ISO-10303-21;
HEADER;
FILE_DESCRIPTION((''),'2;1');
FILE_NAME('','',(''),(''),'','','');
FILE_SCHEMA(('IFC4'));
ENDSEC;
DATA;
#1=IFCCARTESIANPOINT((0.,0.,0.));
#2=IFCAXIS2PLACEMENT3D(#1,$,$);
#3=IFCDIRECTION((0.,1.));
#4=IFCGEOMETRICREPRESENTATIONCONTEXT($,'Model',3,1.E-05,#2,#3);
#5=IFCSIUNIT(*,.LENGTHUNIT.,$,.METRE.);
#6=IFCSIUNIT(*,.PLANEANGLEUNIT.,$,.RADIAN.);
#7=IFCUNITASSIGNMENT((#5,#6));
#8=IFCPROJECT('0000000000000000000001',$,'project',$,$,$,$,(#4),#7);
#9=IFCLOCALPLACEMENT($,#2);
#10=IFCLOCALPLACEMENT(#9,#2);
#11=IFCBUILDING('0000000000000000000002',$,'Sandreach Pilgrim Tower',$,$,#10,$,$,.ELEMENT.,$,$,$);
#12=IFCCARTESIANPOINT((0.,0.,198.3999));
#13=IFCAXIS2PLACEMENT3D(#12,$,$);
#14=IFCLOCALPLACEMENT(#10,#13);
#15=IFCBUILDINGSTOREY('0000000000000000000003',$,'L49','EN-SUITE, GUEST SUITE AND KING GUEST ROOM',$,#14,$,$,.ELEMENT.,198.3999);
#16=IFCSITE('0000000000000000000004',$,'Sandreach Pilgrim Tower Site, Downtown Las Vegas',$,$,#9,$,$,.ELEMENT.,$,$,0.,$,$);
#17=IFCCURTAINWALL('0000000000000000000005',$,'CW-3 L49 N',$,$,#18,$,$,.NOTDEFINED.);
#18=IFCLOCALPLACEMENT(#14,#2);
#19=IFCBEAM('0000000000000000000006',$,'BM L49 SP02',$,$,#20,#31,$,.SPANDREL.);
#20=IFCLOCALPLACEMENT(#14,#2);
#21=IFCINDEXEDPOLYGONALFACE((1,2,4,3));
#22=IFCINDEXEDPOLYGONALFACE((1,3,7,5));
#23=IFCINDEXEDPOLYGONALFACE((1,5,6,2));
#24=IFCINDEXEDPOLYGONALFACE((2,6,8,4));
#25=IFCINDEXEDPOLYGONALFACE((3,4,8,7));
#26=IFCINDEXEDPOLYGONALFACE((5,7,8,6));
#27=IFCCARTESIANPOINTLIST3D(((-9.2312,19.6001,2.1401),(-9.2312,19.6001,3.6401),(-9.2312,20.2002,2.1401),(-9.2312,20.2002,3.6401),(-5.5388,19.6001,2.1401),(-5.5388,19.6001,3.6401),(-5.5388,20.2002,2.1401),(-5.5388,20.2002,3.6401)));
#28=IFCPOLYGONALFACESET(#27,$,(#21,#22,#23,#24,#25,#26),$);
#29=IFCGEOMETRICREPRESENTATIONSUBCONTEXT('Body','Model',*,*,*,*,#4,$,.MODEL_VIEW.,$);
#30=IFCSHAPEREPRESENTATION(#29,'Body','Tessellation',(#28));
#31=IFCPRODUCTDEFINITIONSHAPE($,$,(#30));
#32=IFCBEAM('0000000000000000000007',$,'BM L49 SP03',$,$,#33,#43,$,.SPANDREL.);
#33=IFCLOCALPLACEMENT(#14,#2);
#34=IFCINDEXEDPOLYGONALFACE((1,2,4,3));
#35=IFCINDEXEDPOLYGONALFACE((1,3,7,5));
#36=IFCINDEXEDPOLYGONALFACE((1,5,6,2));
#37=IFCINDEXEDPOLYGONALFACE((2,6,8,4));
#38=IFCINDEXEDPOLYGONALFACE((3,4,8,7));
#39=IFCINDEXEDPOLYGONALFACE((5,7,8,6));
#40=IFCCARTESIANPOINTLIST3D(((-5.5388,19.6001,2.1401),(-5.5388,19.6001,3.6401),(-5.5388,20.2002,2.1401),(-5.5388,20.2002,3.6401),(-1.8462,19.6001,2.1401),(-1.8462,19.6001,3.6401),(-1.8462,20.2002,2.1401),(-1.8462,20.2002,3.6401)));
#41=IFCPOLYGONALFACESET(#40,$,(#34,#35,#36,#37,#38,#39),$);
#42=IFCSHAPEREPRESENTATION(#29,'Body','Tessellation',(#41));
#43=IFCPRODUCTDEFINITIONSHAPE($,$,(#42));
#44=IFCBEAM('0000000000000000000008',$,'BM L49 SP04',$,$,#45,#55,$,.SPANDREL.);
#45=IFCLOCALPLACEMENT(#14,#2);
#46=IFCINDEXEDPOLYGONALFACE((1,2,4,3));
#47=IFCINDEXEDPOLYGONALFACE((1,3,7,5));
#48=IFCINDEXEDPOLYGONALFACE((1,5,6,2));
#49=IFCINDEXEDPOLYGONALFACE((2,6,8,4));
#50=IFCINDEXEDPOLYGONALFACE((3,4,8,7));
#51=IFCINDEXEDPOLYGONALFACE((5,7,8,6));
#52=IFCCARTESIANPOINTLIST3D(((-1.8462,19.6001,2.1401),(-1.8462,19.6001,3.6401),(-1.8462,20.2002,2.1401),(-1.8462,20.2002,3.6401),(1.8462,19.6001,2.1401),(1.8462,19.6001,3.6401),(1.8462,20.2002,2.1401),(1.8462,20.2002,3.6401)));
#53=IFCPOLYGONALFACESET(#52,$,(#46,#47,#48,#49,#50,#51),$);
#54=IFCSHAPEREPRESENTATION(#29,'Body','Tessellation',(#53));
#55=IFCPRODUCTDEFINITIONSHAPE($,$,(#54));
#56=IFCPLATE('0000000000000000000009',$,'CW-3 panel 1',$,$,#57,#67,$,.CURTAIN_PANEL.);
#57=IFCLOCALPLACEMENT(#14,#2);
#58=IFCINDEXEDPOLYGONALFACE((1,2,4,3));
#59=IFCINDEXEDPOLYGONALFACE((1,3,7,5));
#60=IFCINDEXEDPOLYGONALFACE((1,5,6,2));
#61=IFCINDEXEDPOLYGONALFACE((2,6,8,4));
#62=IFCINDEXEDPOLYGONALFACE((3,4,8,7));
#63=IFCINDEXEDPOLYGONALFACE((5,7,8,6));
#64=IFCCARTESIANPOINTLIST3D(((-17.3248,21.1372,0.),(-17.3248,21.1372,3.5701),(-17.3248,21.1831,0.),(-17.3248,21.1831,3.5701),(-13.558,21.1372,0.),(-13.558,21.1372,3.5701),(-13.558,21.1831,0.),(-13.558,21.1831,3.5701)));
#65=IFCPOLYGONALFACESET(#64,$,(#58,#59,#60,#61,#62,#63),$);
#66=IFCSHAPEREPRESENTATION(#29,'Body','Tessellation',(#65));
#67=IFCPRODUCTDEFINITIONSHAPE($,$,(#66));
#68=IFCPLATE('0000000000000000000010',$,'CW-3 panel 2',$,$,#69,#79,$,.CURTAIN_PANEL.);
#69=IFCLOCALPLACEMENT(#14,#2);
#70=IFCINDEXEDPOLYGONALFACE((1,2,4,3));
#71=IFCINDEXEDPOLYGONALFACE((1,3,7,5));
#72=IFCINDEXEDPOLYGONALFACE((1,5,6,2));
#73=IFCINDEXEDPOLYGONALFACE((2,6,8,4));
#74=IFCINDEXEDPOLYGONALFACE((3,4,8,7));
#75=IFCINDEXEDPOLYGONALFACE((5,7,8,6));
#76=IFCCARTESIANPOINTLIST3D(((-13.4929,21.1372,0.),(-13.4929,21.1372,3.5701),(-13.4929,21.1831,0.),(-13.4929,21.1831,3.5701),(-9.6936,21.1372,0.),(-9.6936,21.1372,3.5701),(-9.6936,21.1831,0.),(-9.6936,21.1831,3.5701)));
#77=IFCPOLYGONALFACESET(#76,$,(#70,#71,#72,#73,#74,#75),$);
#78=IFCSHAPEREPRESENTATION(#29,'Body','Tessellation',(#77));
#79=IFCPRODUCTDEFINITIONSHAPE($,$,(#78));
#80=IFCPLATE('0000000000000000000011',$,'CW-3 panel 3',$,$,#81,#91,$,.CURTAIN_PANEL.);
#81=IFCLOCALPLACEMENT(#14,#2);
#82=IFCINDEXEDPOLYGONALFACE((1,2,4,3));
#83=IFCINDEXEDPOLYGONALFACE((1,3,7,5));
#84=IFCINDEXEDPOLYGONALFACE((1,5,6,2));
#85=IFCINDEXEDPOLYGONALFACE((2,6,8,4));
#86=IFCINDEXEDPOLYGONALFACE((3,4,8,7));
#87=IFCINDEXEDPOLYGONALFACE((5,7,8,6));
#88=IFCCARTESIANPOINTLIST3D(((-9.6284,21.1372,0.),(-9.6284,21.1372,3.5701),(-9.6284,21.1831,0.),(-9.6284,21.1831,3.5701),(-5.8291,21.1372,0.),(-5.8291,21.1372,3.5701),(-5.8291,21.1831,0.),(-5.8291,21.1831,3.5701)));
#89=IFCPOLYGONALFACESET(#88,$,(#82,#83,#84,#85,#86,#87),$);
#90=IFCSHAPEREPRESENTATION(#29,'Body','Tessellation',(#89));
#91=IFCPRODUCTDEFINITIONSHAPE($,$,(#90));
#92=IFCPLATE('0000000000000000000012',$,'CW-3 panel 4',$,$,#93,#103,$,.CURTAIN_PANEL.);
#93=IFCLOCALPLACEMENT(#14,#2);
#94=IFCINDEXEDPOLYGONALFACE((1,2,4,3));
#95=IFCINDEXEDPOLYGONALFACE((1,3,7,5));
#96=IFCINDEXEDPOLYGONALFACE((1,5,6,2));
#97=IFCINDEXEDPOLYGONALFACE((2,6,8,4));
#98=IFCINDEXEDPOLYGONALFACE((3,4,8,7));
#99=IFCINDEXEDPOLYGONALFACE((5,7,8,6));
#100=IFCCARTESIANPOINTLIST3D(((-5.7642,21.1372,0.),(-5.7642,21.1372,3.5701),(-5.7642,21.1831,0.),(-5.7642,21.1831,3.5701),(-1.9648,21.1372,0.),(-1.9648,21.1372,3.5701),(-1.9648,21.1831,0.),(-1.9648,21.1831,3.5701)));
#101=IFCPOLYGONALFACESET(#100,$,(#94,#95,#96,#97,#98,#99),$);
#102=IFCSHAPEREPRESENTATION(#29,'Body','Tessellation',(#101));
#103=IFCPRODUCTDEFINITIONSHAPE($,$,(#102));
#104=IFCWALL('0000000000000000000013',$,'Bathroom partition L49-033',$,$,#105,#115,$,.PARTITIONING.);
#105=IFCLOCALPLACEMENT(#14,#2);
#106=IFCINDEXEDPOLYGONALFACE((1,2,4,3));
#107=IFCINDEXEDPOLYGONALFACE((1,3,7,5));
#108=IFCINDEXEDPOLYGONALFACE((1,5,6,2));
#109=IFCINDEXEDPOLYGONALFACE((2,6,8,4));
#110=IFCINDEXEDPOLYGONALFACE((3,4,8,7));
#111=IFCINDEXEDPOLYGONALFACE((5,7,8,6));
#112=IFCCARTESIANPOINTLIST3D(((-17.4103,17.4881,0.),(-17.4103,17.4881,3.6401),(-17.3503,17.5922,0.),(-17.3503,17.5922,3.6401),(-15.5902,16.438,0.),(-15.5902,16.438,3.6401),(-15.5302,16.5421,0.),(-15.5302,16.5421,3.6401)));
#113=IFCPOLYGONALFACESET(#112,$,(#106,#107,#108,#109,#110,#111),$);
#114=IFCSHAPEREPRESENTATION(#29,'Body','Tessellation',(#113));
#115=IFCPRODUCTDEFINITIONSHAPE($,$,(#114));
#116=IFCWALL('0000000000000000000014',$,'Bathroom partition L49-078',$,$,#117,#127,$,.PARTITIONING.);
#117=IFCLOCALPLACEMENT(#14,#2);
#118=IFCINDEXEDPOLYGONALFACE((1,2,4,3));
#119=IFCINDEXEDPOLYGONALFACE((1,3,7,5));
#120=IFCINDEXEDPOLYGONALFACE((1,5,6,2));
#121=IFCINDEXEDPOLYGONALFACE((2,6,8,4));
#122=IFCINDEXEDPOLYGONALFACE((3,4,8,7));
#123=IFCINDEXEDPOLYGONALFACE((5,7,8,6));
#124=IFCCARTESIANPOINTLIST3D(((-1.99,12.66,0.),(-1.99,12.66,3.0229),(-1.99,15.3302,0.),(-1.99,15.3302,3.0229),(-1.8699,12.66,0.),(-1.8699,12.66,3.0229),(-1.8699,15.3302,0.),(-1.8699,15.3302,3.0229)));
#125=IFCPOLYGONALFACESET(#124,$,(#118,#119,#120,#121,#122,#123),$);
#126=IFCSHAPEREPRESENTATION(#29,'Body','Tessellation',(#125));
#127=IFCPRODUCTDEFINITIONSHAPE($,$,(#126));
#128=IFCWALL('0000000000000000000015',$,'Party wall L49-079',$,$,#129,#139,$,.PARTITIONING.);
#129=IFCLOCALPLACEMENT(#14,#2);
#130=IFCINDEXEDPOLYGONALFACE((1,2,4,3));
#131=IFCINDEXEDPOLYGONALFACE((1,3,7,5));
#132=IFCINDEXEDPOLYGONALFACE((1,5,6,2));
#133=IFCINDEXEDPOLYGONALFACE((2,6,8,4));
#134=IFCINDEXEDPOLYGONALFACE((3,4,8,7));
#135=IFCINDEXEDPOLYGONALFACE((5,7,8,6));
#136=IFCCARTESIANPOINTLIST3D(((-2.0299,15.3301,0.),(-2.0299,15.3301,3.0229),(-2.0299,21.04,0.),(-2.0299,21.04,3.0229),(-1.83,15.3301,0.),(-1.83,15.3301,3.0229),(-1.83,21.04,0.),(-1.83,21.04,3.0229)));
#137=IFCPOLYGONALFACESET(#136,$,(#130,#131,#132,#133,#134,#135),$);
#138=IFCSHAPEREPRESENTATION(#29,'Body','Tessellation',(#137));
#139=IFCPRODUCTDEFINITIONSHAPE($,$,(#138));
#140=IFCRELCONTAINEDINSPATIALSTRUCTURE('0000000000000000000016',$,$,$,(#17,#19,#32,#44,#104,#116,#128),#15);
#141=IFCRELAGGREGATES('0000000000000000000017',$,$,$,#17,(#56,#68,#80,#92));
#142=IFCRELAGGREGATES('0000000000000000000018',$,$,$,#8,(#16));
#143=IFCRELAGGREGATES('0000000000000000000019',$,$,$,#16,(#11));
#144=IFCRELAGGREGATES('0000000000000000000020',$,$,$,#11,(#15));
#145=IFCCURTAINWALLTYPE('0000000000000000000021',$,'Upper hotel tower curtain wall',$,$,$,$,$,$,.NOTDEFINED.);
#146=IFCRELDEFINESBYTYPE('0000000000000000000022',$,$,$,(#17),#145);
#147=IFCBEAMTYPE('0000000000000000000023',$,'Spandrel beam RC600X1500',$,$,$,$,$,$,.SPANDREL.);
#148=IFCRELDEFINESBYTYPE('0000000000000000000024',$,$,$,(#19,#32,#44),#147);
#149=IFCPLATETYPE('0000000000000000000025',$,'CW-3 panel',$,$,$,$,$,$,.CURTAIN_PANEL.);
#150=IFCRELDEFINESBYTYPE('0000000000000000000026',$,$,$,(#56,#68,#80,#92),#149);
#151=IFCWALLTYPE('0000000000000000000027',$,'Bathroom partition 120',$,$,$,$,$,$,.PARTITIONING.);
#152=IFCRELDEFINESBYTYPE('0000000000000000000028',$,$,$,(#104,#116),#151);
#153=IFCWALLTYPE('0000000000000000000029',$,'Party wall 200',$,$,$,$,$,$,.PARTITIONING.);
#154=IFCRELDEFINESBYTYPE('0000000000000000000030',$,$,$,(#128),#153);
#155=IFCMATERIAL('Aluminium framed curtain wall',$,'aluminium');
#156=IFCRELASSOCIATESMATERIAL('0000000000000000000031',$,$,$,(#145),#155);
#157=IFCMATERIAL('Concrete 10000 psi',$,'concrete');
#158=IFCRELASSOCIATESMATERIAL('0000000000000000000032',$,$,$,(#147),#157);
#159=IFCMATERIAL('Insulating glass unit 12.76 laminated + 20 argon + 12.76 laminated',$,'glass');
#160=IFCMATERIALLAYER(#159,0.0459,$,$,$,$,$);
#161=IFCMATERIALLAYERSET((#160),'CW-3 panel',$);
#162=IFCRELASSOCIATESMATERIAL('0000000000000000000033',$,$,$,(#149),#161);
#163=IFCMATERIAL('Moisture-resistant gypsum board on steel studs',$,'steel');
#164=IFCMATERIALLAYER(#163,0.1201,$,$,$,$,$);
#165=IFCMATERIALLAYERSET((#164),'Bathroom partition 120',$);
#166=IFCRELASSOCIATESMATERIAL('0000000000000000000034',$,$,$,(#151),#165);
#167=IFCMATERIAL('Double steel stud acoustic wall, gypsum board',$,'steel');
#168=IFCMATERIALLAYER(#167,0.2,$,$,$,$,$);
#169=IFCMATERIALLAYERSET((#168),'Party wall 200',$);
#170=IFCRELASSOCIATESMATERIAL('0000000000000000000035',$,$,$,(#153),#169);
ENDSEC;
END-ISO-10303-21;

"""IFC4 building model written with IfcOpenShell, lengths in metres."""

from ifc_helpers import new_model, si_unit, direction, frame, frame_2d, origin, origin_2d, place, context, subcontext, project, spatial, rectangle, extrude, material, layer, layer_set, material_profile, profile_set, type_object, element, aggregate, save


model = new_model("IFC4")

# Units and contexts
model_context = context("Model", 3, precision=1e-05, world=origin(), true_north=direction((0.0, 1.0)))
body_context = subcontext(model_context, "Body", "Model", "MODEL_VIEW")
ifc_project = project(units=[si_unit("LENGTHUNIT", "METRE"), si_unit("PLANEANGLEUNIT", "RADIAN")], contexts=[model_context])

# Site, building, storey
site_placement = place(None, origin())
site = spatial("IfcSite", under=ifc_project, at=site_placement, Name="Sandreach Pilgrim Tower Site, Downtown Las Vegas", CompositionType="ELEMENT", RefElevation=0.0)
building_placement = place(site_placement, origin())
building = spatial("IfcBuilding", under=site, at=building_placement, Name="Sandreach Pilgrim Tower", CompositionType="ELEMENT")
storey_placement = place(building_placement, frame((0.0, 0.0, 198.3999)))
storey = spatial("IfcBuildingStorey", under=building, at=storey_placement, Name="L49", Description="EN-SUITE, GUEST SUITE AND KING GUEST ROOM", CompositionType="ELEMENT", Elevation=198.3999)

# Curtain wall
ifc_material_1 = material(Name="Aluminium framed curtain wall", Category="aluminium")
curtain_wall_type = type_object("IfcCurtainWallType", Name="Upper hotel tower curtain wall", PredefinedType="NOTDEFINED", material=ifc_material_1)
curtain_wall_placement = place(storey_placement, origin())
curtain_wall = element("IfcCurtainWall", 1, at=curtain_wall_placement, inside=storey, type_object=curtain_wall_type, Name="CW-3 L49 N", PredefinedType="NOTDEFINED")

# Beams
ifc_material_2 = material(Name="Concrete 10000 psi", Category="concrete")
ifc_material_profile_1 = material_profile(ifc_material_2, rectangle(XDim=0.6001, YDim=1.5, at=origin_2d()), Name="RC600X1500")
ifc_profile_set_1 = profile_set([ifc_material_profile_1], Name="Concrete 10000 psi")
beam_type_1 = type_object("IfcBeamType", Name="Spandrel beam RC600X1500", PredefinedType="SPANDREL", material=ifc_profile_set_1)
beam_1_placement = place(storey_placement, frame((-9.2312, 19.9001, 2.8901), z_axis=(1.0, 0.0, 0.0), x_axis=(0.0, 1.0, 0.0)))
element("IfcBeam", 2, at=beam_1_placement, inside=storey, type_object=beam_type_1, Name="BM L49 SP02", PredefinedType="SPANDREL", context=body_context, shape_type="SweptSolid", body=[
    extrude(rectangle(XDim=0.6001, YDim=1.5, at=origin_2d()), origin(), (0.0, 0.0, 1.0), 3.6924),
])
beam_2_placement = place(storey_placement, frame((-5.5388, 19.9001, 2.8901), z_axis=(1.0, 0.0, 0.0), x_axis=(0.0, 1.0, 0.0)))
element("IfcBeam", 3, at=beam_2_placement, inside=storey, type_object=beam_type_1, Name="BM L49 SP03", PredefinedType="SPANDREL", context=body_context, shape_type="SweptSolid", body=[
    extrude(rectangle(XDim=0.6001, YDim=1.5, at=origin_2d()), origin(), (0.0, 0.0, 1.0), 3.6926),
])
beam_3_placement = place(storey_placement, frame((-1.8462, 19.9001, 2.8901), z_axis=(1.0, 0.0, 0.0), x_axis=(0.0, 1.0, 0.0)))
element("IfcBeam", 4, at=beam_3_placement, inside=storey, type_object=beam_type_1, Name="BM L49 SP04", PredefinedType="SPANDREL", context=body_context, shape_type="SweptSolid", body=[
    extrude(rectangle(XDim=0.6001, YDim=1.5, at=origin_2d()), origin(), (0.0, 0.0, 1.0), 3.6924),
])

# Plates
ifc_material_3 = material(Name="Insulating glass unit 12.76 laminated + 20 argon + 12.76 laminated", Category="glass")
ifc_layer_1 = layer(ifc_material_3, 0.0459)
ifc_layer_set_1 = layer_set([ifc_layer_1], Name="CW-3 panel")
plate_type = type_object("IfcPlateType", Name="CW-3 panel", PredefinedType="CURTAIN_PANEL", material=ifc_layer_set_1)
plate_1_placement = place(storey_placement, frame((-15.4414, 21.1602, 0.0), z_axis=(0.0, 0.0, 1.0), x_axis=(1.0, 0.0, 0.0)))
plate_1 = element("IfcPlate", 5, at=plate_1_placement, type_object=plate_type, Name="CW-3 panel 1", PredefinedType="CURTAIN_PANEL", context=body_context, shape_type="SweptSolid", body=[
    extrude(rectangle(XDim=3.7668, YDim=0.0459, at=origin_2d()), origin(), (0.0, 0.0, 1.0), 3.5701),
])
plate_2_placement = place(storey_placement, frame((-11.5933, 21.1602, 0.0), z_axis=(0.0, 0.0, 1.0), x_axis=(1.0, 0.0, 0.0)))
plate_2 = element("IfcPlate", 6, at=plate_2_placement, type_object=plate_type, Name="CW-3 panel 2", PredefinedType="CURTAIN_PANEL", context=body_context, shape_type="SweptSolid", body=[
    extrude(rectangle(XDim=3.7993, YDim=0.0459, at=origin_2d()), origin(), (0.0, 0.0, 1.0), 3.5701),
])
plate_3_placement = place(storey_placement, frame((-7.7288, 21.1602, 0.0), z_axis=(0.0, 0.0, 1.0), x_axis=(1.0, 0.0, 0.0)))
plate_3 = element("IfcPlate", 7, at=plate_3_placement, type_object=plate_type, Name="CW-3 panel 3", PredefinedType="CURTAIN_PANEL", context=body_context, shape_type="SweptSolid", body=[
    extrude(rectangle(XDim=3.7993, YDim=0.0459, at=origin_2d()), origin(), (0.0, 0.0, 1.0), 3.5701),
])
plate_4_placement = place(storey_placement, frame((-3.8645, 21.1602, 0.0), z_axis=(0.0, 0.0, 1.0), x_axis=(1.0, 0.0, 0.0)))
plate_4 = element("IfcPlate", 8, at=plate_4_placement, type_object=plate_type, Name="CW-3 panel 4", PredefinedType="CURTAIN_PANEL", context=body_context, shape_type="SweptSolid", body=[
    extrude(rectangle(XDim=3.7993, YDim=0.0459, at=origin_2d()), origin(), (0.0, 0.0, 1.0), 3.5701),
])
aggregate(curtain_wall, [plate_1, plate_2, plate_3, plate_4])

# Walls
ifc_material_4 = material(Name="Moisture-resistant gypsum board on steel studs", Category="steel")
ifc_layer_2 = layer(ifc_material_4, 0.1201)
ifc_layer_set_2 = layer_set([ifc_layer_2], Name="Bathroom partition 120")
wall_type_1 = type_object("IfcWallType", Name="Bathroom partition 120", PredefinedType="PARTITIONING", material=ifc_layer_set_2)
wall_1_placement = place(storey_placement, frame((-15.5601, 16.49, 0.0), z_axis=(0.0, 0.0, 1.0), x_axis=(-0.866184, 0.499726, 0.0)))
element("IfcWall", 9, at=wall_1_placement, inside=storey, type_object=wall_type_1, Name="Bathroom partition L49-033", PredefinedType="PARTITIONING", context=body_context, shape_type="SweptSolid", body=[
    extrude(rectangle(XDim=2.1013, YDim=0.1201, at=frame_2d((1.0508, 0.0))), origin(), (0.0, 0.0, 1.0), 3.6401),
])
wall_2_placement = place(storey_placement, frame((-1.9299, 15.3301, 0.0), z_axis=(0.0, 0.0, 1.0), x_axis=(0.0, -1.0, 0.0)))
element("IfcWall", 10, at=wall_2_placement, inside=storey, type_object=wall_type_1, Name="Bathroom partition L49-078", PredefinedType="PARTITIONING", context=body_context, shape_type="SweptSolid", body=[
    extrude(rectangle(XDim=2.6702, YDim=0.1201, at=frame_2d((1.335, 0.0))), origin(), (0.0, 0.0, 1.0), 3.0229),
])
ifc_material_5 = material(Name="Double steel stud acoustic wall, gypsum board", Category="steel")
ifc_layer_3 = layer(ifc_material_5, 0.2)
ifc_layer_set_3 = layer_set([ifc_layer_3], Name="Party wall 200")
wall_type_2 = type_object("IfcWallType", Name="Party wall 200", PredefinedType="PARTITIONING", material=ifc_layer_set_3)
wall_3_placement = place(storey_placement, frame((-1.9299, 21.04, 0.0), z_axis=(0.0, 0.0, 1.0), x_axis=(0.0, -1.0, 0.0)))
element("IfcWall", 11, at=wall_3_placement, inside=storey, type_object=wall_type_2, Name="Party wall L49-079", PredefinedType="PARTITIONING", context=body_context, shape_type="SweptSolid", body=[
    extrude(rectangle(XDim=5.71, YDim=0.2, at=frame_2d((2.855, 0.0))), origin(), (0.0, 0.0, 1.0), 3.0229),
])

save(model, "model.ifc")
